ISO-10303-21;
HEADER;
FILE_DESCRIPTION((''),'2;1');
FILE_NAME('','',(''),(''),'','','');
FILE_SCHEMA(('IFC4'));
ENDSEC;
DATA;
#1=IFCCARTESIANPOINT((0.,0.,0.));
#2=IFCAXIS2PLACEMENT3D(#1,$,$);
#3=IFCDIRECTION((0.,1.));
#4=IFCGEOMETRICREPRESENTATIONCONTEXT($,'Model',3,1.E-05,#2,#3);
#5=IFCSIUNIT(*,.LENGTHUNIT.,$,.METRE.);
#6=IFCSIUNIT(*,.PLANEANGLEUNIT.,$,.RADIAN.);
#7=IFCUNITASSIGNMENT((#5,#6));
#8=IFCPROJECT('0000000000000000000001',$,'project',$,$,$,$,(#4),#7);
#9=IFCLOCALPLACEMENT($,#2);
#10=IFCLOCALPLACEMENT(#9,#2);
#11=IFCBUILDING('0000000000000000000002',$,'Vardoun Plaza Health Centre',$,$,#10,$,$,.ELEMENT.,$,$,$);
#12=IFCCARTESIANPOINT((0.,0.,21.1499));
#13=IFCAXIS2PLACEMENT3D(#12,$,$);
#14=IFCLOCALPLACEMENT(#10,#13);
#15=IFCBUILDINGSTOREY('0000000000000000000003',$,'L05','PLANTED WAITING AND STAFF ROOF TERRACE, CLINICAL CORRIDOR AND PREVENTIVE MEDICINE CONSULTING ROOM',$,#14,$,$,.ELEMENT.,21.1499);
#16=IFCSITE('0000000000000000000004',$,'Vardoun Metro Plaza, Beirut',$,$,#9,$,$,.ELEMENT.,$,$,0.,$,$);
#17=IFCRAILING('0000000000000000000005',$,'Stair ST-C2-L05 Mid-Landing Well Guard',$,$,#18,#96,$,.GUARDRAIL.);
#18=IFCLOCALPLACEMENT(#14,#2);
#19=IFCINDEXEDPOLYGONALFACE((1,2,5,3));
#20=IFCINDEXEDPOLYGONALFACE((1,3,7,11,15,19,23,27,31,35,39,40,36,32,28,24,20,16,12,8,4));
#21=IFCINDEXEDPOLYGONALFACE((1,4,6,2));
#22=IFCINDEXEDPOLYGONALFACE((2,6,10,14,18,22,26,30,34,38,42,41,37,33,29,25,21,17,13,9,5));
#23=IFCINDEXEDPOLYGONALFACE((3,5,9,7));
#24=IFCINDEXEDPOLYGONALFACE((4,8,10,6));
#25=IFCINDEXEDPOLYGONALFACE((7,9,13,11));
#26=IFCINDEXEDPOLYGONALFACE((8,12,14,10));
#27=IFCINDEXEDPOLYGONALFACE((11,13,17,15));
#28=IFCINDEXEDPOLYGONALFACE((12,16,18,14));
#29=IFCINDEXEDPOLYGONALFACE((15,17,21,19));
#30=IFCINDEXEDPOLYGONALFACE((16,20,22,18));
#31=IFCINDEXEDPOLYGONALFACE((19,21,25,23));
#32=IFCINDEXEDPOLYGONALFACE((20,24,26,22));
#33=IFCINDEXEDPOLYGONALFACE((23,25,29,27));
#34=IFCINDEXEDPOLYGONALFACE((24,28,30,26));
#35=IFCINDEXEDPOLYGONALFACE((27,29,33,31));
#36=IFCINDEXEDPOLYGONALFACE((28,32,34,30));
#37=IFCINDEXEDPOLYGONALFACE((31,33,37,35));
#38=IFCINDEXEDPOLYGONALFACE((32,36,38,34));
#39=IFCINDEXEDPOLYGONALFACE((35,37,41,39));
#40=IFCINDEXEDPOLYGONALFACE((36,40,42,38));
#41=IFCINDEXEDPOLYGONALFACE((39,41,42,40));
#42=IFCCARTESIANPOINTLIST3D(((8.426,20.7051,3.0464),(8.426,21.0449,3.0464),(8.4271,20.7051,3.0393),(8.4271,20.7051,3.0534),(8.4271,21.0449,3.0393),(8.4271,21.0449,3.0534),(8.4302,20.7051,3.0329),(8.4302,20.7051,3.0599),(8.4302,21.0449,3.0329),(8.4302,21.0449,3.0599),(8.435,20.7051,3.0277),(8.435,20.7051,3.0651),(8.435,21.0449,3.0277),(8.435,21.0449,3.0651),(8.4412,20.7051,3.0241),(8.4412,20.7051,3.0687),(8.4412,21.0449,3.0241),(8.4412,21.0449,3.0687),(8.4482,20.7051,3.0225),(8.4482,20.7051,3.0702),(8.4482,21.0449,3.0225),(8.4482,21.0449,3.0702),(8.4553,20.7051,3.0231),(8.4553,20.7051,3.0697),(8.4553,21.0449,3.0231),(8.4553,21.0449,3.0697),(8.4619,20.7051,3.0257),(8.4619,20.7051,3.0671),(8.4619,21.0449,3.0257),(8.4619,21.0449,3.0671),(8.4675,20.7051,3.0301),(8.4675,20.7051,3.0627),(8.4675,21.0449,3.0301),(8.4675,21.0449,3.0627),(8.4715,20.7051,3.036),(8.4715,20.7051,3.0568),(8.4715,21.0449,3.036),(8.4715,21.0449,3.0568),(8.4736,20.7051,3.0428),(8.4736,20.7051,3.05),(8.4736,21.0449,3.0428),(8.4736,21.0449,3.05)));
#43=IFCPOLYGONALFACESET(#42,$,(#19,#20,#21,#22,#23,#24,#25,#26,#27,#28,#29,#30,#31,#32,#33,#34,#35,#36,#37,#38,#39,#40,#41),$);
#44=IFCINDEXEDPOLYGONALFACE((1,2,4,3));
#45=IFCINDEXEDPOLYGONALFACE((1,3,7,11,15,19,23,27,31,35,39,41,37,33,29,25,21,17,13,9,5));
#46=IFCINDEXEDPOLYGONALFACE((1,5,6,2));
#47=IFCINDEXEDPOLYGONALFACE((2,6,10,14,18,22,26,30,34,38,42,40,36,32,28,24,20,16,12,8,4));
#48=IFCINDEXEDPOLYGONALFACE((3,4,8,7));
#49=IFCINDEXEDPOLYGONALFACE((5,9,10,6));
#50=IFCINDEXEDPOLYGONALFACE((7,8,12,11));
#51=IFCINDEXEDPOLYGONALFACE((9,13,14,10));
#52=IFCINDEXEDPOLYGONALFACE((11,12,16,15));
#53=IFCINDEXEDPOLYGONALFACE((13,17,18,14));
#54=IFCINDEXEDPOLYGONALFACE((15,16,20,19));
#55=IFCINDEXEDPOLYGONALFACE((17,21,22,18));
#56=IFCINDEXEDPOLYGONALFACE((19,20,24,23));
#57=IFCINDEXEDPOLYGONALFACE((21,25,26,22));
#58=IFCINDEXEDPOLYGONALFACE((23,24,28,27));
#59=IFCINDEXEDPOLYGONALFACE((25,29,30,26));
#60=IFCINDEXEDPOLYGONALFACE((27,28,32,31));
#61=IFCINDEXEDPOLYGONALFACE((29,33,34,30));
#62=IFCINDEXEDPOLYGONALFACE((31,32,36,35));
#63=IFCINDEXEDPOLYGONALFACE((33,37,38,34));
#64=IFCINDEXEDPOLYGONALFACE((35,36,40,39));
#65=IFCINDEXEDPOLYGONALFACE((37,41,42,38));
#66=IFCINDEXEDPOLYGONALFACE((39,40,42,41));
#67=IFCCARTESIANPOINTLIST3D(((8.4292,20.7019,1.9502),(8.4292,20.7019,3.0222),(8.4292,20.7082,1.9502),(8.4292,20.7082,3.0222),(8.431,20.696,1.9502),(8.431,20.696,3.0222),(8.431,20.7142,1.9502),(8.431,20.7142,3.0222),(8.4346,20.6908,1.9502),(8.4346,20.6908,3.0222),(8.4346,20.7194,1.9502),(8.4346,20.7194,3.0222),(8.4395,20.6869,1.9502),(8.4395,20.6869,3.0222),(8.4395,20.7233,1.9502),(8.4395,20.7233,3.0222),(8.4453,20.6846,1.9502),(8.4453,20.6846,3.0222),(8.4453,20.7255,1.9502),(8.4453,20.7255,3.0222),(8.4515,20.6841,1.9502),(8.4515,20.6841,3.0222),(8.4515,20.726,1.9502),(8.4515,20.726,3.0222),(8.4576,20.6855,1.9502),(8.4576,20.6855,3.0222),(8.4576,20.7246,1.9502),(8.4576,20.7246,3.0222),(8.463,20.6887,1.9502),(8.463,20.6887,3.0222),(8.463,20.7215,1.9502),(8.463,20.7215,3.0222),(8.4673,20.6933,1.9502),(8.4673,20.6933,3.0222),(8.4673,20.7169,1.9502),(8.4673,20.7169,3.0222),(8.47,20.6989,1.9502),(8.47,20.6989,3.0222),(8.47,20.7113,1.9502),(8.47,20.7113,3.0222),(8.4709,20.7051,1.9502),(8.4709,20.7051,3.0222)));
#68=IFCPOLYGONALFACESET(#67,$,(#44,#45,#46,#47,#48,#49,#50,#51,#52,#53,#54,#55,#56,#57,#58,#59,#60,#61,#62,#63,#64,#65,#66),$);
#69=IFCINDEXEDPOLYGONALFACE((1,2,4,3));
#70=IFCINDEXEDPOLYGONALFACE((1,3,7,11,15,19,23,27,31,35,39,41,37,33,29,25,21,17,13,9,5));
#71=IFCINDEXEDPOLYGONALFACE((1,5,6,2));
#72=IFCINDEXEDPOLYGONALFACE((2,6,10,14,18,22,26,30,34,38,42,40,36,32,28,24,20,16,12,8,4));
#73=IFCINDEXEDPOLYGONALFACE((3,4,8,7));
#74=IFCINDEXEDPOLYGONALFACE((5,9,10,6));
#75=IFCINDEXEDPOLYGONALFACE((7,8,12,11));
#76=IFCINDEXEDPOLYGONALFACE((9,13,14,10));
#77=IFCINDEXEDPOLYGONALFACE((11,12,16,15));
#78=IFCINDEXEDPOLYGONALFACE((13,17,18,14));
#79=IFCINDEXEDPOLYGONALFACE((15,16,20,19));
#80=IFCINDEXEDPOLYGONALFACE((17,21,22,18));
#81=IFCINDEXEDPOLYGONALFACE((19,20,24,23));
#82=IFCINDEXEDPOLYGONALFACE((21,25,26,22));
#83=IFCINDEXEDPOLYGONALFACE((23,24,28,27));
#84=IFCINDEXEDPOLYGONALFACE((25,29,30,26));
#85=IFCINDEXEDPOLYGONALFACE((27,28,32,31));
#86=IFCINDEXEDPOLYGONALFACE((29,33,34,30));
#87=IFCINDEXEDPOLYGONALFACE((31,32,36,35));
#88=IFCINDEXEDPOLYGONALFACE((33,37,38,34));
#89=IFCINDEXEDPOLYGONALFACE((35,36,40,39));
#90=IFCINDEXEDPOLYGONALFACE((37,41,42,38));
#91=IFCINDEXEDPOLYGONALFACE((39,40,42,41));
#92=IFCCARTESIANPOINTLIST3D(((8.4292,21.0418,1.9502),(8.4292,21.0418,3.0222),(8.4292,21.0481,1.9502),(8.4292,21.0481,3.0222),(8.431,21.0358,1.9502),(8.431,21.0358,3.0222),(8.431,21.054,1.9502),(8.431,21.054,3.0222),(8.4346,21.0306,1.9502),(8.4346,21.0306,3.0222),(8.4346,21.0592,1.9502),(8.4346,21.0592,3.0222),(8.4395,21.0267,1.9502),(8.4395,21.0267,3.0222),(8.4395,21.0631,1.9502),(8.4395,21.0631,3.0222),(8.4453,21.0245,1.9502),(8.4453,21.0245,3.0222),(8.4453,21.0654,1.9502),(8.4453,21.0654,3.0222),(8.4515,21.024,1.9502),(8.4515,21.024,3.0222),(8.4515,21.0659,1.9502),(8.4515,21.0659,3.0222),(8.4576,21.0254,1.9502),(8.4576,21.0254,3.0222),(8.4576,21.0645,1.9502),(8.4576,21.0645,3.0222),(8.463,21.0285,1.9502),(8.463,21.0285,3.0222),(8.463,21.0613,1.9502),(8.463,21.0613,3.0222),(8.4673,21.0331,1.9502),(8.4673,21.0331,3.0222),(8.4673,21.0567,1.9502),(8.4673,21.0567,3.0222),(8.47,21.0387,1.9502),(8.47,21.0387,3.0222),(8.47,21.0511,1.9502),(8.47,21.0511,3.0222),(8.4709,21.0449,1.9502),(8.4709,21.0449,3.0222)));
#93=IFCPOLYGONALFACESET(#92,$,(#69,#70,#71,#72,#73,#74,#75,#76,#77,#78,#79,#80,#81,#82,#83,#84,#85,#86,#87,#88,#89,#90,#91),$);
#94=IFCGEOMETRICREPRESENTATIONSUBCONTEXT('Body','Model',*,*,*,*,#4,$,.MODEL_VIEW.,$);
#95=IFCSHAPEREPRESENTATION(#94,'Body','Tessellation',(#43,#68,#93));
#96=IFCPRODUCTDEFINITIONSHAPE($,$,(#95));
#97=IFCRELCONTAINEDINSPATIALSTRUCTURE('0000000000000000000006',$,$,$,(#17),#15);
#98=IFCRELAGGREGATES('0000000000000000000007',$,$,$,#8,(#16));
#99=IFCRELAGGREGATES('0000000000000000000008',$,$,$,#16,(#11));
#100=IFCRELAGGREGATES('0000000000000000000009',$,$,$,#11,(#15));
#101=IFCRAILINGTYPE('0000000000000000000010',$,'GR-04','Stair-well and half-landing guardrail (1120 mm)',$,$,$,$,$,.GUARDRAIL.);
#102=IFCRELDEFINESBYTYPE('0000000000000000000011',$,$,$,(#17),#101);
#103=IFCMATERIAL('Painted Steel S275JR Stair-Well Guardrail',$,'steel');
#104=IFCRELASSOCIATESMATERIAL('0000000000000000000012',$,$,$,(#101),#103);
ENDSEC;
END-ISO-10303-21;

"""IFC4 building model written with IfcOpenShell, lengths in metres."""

from ifc_helpers import new_model, si_unit, direction, frame, origin, origin_2d, place, context, subcontext, project, spatial, circle, extrude, material, type_object, element, save


model = new_model("IFC4")

# Units and contexts
model_context = context("Model", 3, precision=1e-05, world=origin(), true_north=direction((0.0, 1.0)))
body_context = subcontext(model_context, "Body", "Model", "MODEL_VIEW")
ifc_project = project(units=[si_unit("LENGTHUNIT", "METRE"), si_unit("PLANEANGLEUNIT", "RADIAN")], contexts=[model_context])

# Site, building, storey
site_placement = place(None, origin())
site = spatial("IfcSite", under=ifc_project, at=site_placement, Name="Vardoun Metro Plaza, Beirut", CompositionType="ELEMENT", RefElevation=0.0)
building_placement = place(site_placement, origin())
building = spatial("IfcBuilding", under=site, at=building_placement, Name="Vardoun Plaza Health Centre", CompositionType="ELEMENT")
storey_placement = place(building_placement, frame((0.0, 0.0, 21.1499)))
storey = spatial("IfcBuildingStorey", under=building, at=storey_placement, Name="L05", Description="PLANTED WAITING AND STAFF ROOF TERRACE, CLINICAL CORRIDOR AND PREVENTIVE MEDICINE CONSULTING ROOM", CompositionType="ELEMENT", Elevation=21.1499)

# Railing
ifc_material_1 = material(Name="Painted Steel S275JR Stair-Well Guardrail", Category="steel")
railing_type_1 = type_object("IfcRailingType", Name="GR-04", Description="Stair-well and half-landing guardrail (1120 mm)", PredefinedType="GUARDRAIL", material=ifc_material_1)
railing_1_placement = place(storey_placement, frame((8.45, 20.7051, 1.9502)))
element("IfcRailing", 1, at=railing_1_placement, inside=storey, type_object=railing_type_1, Name="Stair ST-C2-L05 Mid-Landing Well Guard", PredefinedType="GUARDRAIL", context=body_context, shape_type="SweptSolid", body=[
    extrude(circle(Radius=0.0239, at=origin_2d()), frame((0.0, 0.0, 1.0962), z_axis=(0.0, 1.0, 0.0), x_axis=(-1.0, 0.0, 0.0)), (0.0, 0.0, 1.0), 0.3398),
    extrude(circle(Radius=0.021, at=origin_2d()), origin(), (0.0, 0.0, 1.0), 1.072),
    extrude(circle(Radius=0.021, at=origin_2d()), frame((0.0, 0.3398, 0.0)), (0.0, 0.0, 1.0), 1.072),
])

save(model, "model.ifc")
